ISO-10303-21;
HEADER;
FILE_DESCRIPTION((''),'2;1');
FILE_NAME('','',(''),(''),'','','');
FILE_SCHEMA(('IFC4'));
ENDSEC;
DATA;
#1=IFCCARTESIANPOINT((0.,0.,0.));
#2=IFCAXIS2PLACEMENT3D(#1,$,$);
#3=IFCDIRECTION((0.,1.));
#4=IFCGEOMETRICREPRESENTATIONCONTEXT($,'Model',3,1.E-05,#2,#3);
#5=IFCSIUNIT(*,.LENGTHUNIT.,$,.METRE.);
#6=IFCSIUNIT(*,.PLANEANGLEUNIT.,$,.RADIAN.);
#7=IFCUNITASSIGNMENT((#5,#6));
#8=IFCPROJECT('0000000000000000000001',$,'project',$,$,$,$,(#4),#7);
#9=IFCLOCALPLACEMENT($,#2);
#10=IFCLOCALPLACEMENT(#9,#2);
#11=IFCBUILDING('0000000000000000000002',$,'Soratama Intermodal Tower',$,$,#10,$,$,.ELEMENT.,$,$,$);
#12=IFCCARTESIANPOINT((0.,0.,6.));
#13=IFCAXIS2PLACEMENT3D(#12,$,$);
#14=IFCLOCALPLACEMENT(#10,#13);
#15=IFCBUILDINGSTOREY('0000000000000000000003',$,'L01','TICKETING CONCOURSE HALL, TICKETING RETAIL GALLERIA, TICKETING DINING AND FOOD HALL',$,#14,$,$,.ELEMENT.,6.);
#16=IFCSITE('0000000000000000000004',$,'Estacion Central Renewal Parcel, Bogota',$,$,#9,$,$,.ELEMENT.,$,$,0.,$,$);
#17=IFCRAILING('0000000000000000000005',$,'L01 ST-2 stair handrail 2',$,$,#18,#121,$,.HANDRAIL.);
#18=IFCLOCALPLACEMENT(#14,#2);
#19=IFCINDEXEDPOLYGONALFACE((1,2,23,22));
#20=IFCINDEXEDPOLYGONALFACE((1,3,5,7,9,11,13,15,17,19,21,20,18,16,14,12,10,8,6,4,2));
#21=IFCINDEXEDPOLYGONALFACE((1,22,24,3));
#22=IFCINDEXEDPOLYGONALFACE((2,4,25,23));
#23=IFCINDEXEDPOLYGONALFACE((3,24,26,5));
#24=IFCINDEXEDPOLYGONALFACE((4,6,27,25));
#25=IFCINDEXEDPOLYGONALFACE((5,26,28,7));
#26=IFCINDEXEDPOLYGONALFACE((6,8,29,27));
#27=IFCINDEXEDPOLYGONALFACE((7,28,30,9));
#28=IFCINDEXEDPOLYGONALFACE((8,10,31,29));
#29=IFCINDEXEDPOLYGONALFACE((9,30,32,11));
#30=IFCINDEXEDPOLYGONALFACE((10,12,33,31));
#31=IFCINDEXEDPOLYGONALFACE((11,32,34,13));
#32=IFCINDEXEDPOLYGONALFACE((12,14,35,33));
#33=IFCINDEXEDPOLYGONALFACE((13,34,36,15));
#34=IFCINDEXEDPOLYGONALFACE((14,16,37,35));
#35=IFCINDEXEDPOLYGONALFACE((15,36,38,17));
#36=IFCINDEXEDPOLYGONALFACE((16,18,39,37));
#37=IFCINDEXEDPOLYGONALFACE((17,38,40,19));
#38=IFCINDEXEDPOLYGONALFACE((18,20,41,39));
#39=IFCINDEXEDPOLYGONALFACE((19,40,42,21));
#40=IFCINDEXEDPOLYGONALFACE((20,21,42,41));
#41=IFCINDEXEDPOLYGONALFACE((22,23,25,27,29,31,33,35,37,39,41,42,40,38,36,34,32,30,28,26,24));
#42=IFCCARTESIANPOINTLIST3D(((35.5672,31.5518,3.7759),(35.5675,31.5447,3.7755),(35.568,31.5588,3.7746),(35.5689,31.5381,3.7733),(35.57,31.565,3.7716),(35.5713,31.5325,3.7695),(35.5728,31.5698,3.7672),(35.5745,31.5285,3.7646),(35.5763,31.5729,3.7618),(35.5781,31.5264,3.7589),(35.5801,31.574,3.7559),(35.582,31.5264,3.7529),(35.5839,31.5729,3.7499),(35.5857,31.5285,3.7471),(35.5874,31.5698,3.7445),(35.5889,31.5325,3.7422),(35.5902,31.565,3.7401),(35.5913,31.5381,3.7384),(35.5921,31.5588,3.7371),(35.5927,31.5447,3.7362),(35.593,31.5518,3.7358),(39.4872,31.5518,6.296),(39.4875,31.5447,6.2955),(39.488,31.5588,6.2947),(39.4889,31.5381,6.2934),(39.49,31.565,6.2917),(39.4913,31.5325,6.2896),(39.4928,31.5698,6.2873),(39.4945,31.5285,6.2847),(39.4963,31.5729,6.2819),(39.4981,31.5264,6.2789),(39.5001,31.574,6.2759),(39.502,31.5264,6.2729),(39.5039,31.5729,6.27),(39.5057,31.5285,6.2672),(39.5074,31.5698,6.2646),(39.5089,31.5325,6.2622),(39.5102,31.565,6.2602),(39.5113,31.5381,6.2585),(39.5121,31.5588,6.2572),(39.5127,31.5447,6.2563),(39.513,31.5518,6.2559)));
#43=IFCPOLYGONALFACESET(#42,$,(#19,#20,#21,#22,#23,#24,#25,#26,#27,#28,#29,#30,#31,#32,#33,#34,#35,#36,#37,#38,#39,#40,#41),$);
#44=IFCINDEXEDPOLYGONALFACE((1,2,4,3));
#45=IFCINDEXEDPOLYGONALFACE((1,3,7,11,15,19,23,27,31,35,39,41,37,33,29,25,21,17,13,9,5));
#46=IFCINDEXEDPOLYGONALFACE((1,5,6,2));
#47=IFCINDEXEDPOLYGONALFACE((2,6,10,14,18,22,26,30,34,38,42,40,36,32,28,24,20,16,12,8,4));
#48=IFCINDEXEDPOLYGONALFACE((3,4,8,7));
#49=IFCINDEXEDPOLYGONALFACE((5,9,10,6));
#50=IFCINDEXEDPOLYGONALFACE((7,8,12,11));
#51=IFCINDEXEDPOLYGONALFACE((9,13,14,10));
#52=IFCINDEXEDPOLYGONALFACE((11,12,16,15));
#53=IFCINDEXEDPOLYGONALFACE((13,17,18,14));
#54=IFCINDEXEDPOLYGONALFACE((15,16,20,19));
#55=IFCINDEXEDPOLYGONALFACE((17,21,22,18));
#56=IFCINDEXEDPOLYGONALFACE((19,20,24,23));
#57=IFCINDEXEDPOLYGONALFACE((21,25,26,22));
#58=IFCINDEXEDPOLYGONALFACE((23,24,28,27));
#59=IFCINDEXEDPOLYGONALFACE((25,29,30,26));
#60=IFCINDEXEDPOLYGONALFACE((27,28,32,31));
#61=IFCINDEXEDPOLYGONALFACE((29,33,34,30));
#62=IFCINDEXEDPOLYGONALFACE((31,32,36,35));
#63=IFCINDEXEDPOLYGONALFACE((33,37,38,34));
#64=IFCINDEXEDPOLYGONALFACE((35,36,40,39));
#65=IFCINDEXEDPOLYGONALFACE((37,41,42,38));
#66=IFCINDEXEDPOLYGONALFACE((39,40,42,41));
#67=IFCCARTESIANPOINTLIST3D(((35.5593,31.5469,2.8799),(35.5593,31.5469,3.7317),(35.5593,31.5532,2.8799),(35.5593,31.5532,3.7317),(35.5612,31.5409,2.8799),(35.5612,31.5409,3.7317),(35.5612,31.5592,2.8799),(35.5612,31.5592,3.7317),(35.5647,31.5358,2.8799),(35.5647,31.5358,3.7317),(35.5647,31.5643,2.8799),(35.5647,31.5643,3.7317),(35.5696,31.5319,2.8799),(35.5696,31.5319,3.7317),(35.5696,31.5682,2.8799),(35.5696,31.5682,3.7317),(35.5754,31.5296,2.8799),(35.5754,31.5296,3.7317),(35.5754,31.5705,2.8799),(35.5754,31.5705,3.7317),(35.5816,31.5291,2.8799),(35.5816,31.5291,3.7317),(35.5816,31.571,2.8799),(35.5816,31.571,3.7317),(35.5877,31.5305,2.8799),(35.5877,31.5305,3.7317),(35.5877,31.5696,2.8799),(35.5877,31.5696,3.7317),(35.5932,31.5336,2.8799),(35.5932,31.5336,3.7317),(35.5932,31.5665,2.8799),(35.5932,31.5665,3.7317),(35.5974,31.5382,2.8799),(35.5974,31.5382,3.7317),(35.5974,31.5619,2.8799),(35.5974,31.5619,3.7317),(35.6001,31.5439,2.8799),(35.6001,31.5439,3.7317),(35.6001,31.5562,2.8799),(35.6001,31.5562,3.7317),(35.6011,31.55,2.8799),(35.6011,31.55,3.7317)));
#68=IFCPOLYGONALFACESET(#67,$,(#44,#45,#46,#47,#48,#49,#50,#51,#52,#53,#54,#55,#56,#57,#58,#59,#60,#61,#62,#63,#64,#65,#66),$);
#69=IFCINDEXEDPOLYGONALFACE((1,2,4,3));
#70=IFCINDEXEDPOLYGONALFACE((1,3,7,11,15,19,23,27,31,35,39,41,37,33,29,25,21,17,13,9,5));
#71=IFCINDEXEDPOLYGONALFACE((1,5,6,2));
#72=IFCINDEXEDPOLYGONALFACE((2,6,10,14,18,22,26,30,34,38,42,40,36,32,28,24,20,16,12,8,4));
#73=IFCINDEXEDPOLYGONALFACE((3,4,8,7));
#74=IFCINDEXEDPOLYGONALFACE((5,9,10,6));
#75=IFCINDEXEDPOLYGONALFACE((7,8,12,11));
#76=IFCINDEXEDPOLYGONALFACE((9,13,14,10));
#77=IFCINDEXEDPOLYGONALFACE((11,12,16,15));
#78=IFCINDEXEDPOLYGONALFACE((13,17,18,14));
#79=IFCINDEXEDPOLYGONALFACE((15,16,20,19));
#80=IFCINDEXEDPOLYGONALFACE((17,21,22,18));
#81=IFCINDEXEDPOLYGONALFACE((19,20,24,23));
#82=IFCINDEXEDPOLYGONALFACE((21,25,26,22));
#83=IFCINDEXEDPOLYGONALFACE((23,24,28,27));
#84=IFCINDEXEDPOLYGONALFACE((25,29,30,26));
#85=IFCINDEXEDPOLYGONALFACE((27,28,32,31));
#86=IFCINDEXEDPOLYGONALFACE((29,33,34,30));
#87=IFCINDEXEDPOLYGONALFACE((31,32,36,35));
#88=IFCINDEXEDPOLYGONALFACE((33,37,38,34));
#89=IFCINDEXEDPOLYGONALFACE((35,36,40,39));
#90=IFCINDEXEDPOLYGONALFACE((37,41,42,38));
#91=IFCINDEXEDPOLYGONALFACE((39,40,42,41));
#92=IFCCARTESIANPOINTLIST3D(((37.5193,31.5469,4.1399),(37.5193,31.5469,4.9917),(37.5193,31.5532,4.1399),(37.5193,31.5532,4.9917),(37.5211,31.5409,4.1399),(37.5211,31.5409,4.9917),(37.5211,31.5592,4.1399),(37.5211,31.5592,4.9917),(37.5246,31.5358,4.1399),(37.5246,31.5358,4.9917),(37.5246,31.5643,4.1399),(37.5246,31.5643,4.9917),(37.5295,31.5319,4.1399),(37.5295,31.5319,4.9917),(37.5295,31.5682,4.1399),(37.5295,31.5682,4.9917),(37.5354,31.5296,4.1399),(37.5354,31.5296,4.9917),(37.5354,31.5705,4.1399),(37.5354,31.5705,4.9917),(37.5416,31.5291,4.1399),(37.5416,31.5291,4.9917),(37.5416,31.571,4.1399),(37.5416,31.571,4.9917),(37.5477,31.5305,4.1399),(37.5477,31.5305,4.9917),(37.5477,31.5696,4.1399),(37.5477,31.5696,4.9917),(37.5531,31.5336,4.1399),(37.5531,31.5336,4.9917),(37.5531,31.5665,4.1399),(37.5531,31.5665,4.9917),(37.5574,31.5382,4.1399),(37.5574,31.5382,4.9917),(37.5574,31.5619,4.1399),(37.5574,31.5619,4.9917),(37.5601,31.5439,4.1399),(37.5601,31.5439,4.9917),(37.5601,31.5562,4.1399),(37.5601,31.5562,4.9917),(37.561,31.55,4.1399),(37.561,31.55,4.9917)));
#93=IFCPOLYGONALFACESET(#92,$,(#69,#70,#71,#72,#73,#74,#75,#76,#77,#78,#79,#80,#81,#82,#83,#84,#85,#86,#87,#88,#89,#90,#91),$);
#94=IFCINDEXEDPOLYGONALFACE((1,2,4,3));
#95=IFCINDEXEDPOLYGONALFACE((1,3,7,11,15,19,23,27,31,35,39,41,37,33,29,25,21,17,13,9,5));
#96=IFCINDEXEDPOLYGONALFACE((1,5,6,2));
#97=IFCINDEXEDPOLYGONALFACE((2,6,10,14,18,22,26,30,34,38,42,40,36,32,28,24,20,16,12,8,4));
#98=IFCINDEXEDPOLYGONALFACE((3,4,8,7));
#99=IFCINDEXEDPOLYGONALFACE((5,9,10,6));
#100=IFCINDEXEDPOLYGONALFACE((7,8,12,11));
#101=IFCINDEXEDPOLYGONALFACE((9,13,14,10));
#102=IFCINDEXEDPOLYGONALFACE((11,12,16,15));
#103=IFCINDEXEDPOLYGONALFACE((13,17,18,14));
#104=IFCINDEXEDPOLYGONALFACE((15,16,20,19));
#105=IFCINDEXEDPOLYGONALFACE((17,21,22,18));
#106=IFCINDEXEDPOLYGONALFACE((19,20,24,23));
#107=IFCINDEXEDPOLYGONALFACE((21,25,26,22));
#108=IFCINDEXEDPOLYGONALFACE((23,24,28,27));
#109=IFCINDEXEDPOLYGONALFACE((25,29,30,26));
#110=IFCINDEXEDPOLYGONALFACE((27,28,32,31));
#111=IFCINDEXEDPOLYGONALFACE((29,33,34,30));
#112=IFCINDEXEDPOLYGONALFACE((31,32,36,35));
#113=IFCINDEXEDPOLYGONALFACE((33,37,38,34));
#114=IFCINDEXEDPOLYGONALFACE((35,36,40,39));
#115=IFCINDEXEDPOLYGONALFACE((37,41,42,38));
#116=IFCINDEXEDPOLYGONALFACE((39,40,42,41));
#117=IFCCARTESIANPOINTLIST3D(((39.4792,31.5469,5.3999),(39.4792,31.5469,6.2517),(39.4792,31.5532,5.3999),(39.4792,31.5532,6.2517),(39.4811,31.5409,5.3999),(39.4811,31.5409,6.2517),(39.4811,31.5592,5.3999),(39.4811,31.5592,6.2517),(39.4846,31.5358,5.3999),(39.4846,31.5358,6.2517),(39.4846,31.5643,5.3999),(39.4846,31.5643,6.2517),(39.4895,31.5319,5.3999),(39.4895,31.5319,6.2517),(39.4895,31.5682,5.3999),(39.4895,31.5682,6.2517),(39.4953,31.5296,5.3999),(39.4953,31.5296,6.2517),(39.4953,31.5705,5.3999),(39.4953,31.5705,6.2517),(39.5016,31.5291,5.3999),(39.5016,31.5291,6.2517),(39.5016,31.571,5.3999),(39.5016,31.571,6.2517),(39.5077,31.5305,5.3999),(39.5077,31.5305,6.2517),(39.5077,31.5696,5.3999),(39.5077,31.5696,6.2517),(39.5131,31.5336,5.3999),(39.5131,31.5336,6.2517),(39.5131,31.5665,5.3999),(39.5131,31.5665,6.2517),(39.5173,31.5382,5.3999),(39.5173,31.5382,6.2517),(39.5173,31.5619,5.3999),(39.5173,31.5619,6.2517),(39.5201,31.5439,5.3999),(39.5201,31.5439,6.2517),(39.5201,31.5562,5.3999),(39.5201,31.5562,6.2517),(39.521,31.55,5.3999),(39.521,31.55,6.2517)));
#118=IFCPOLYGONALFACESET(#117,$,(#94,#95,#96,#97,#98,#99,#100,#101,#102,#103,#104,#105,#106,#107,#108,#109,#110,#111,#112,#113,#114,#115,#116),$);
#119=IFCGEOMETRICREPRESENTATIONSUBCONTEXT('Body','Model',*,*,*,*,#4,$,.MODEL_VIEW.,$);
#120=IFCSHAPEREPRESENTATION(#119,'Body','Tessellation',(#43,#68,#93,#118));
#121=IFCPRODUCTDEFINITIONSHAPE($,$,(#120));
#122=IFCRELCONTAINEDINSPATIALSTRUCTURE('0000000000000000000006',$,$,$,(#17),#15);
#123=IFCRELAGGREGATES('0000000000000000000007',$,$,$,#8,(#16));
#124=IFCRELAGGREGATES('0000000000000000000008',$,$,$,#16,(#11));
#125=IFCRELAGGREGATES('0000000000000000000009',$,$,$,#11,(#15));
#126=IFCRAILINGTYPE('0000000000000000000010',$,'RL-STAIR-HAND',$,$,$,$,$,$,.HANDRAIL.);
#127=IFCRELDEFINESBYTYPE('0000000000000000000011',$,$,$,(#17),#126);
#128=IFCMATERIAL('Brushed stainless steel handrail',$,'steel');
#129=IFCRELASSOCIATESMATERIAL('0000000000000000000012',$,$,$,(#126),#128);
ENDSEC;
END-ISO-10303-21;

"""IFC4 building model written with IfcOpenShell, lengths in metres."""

from ifc_helpers import new_model, si_unit, direction, frame, origin, origin_2d, place, context, subcontext, project, spatial, circle, extrude, material, type_object, element, save


model = new_model("IFC4")

# Units and contexts
model_context = context("Model", 3, precision=1e-05, world=origin(), true_north=direction((0.0, 1.0)))
body_context = subcontext(model_context, "Body", "Model", "MODEL_VIEW")
ifc_project = project(units=[si_unit("LENGTHUNIT", "METRE"), si_unit("PLANEANGLEUNIT", "RADIAN")], contexts=[model_context])

# Site, building, storey
site_placement = place(None, origin())
site = spatial("IfcSite", under=ifc_project, at=site_placement, Name="Estacion Central Renewal Parcel, Bogota", CompositionType="ELEMENT", RefElevation=0.0)
building_placement = place(site_placement, origin())
building = spatial("IfcBuilding", under=site, at=building_placement, Name="Soratama Intermodal Tower", CompositionType="ELEMENT")
storey_placement = place(building_placement, frame((0.0, 0.0, 6.0)))
storey = spatial("IfcBuildingStorey", under=building, at=storey_placement, Name="L01", Description="TICKETING CONCOURSE HALL, TICKETING RETAIL GALLERIA, TICKETING DINING AND FOOD HALL", CompositionType="ELEMENT", Elevation=6.0)

# Railing
ifc_material_1 = material(Name="Brushed stainless steel handrail", Category="steel")
railing_type = type_object("IfcRailingType", Name="RL-STAIR-HAND", PredefinedType="HANDRAIL", material=ifc_material_1)
railing_placement = place(storey_placement, frame((35.5801, 31.55, 2.8799)))
element("IfcRailing", 1, at=railing_placement, inside=storey, type_object=railing_type, Name="L01 ST-2 stair handrail 2", PredefinedType="HANDRAIL", context=body_context, shape_type="SweptSolid", body=[
    extrude(circle(Radius=0.0239, at=origin_2d()), frame((0.0, 0.0, 0.876), z_axis=(0.841172, 0.0, 0.540768), x_axis=(0.0, 1.0, 0.0)), (0.0, 0.0, 1.0), 4.6602),
    extrude(circle(Radius=0.021, at=origin_2d()), origin(), (0.0, 0.0, 1.0), 0.8518),
    extrude(circle(Radius=0.021, at=origin_2d()), frame((1.96, 0.0, 1.26)), (0.0, 0.0, 1.0), 0.8518),
    extrude(circle(Radius=0.021, at=origin_2d()), frame((3.9199, 0.0, 2.52)), (0.0, 0.0, 1.0), 0.8518),
])

save(model, "model.ifc")
